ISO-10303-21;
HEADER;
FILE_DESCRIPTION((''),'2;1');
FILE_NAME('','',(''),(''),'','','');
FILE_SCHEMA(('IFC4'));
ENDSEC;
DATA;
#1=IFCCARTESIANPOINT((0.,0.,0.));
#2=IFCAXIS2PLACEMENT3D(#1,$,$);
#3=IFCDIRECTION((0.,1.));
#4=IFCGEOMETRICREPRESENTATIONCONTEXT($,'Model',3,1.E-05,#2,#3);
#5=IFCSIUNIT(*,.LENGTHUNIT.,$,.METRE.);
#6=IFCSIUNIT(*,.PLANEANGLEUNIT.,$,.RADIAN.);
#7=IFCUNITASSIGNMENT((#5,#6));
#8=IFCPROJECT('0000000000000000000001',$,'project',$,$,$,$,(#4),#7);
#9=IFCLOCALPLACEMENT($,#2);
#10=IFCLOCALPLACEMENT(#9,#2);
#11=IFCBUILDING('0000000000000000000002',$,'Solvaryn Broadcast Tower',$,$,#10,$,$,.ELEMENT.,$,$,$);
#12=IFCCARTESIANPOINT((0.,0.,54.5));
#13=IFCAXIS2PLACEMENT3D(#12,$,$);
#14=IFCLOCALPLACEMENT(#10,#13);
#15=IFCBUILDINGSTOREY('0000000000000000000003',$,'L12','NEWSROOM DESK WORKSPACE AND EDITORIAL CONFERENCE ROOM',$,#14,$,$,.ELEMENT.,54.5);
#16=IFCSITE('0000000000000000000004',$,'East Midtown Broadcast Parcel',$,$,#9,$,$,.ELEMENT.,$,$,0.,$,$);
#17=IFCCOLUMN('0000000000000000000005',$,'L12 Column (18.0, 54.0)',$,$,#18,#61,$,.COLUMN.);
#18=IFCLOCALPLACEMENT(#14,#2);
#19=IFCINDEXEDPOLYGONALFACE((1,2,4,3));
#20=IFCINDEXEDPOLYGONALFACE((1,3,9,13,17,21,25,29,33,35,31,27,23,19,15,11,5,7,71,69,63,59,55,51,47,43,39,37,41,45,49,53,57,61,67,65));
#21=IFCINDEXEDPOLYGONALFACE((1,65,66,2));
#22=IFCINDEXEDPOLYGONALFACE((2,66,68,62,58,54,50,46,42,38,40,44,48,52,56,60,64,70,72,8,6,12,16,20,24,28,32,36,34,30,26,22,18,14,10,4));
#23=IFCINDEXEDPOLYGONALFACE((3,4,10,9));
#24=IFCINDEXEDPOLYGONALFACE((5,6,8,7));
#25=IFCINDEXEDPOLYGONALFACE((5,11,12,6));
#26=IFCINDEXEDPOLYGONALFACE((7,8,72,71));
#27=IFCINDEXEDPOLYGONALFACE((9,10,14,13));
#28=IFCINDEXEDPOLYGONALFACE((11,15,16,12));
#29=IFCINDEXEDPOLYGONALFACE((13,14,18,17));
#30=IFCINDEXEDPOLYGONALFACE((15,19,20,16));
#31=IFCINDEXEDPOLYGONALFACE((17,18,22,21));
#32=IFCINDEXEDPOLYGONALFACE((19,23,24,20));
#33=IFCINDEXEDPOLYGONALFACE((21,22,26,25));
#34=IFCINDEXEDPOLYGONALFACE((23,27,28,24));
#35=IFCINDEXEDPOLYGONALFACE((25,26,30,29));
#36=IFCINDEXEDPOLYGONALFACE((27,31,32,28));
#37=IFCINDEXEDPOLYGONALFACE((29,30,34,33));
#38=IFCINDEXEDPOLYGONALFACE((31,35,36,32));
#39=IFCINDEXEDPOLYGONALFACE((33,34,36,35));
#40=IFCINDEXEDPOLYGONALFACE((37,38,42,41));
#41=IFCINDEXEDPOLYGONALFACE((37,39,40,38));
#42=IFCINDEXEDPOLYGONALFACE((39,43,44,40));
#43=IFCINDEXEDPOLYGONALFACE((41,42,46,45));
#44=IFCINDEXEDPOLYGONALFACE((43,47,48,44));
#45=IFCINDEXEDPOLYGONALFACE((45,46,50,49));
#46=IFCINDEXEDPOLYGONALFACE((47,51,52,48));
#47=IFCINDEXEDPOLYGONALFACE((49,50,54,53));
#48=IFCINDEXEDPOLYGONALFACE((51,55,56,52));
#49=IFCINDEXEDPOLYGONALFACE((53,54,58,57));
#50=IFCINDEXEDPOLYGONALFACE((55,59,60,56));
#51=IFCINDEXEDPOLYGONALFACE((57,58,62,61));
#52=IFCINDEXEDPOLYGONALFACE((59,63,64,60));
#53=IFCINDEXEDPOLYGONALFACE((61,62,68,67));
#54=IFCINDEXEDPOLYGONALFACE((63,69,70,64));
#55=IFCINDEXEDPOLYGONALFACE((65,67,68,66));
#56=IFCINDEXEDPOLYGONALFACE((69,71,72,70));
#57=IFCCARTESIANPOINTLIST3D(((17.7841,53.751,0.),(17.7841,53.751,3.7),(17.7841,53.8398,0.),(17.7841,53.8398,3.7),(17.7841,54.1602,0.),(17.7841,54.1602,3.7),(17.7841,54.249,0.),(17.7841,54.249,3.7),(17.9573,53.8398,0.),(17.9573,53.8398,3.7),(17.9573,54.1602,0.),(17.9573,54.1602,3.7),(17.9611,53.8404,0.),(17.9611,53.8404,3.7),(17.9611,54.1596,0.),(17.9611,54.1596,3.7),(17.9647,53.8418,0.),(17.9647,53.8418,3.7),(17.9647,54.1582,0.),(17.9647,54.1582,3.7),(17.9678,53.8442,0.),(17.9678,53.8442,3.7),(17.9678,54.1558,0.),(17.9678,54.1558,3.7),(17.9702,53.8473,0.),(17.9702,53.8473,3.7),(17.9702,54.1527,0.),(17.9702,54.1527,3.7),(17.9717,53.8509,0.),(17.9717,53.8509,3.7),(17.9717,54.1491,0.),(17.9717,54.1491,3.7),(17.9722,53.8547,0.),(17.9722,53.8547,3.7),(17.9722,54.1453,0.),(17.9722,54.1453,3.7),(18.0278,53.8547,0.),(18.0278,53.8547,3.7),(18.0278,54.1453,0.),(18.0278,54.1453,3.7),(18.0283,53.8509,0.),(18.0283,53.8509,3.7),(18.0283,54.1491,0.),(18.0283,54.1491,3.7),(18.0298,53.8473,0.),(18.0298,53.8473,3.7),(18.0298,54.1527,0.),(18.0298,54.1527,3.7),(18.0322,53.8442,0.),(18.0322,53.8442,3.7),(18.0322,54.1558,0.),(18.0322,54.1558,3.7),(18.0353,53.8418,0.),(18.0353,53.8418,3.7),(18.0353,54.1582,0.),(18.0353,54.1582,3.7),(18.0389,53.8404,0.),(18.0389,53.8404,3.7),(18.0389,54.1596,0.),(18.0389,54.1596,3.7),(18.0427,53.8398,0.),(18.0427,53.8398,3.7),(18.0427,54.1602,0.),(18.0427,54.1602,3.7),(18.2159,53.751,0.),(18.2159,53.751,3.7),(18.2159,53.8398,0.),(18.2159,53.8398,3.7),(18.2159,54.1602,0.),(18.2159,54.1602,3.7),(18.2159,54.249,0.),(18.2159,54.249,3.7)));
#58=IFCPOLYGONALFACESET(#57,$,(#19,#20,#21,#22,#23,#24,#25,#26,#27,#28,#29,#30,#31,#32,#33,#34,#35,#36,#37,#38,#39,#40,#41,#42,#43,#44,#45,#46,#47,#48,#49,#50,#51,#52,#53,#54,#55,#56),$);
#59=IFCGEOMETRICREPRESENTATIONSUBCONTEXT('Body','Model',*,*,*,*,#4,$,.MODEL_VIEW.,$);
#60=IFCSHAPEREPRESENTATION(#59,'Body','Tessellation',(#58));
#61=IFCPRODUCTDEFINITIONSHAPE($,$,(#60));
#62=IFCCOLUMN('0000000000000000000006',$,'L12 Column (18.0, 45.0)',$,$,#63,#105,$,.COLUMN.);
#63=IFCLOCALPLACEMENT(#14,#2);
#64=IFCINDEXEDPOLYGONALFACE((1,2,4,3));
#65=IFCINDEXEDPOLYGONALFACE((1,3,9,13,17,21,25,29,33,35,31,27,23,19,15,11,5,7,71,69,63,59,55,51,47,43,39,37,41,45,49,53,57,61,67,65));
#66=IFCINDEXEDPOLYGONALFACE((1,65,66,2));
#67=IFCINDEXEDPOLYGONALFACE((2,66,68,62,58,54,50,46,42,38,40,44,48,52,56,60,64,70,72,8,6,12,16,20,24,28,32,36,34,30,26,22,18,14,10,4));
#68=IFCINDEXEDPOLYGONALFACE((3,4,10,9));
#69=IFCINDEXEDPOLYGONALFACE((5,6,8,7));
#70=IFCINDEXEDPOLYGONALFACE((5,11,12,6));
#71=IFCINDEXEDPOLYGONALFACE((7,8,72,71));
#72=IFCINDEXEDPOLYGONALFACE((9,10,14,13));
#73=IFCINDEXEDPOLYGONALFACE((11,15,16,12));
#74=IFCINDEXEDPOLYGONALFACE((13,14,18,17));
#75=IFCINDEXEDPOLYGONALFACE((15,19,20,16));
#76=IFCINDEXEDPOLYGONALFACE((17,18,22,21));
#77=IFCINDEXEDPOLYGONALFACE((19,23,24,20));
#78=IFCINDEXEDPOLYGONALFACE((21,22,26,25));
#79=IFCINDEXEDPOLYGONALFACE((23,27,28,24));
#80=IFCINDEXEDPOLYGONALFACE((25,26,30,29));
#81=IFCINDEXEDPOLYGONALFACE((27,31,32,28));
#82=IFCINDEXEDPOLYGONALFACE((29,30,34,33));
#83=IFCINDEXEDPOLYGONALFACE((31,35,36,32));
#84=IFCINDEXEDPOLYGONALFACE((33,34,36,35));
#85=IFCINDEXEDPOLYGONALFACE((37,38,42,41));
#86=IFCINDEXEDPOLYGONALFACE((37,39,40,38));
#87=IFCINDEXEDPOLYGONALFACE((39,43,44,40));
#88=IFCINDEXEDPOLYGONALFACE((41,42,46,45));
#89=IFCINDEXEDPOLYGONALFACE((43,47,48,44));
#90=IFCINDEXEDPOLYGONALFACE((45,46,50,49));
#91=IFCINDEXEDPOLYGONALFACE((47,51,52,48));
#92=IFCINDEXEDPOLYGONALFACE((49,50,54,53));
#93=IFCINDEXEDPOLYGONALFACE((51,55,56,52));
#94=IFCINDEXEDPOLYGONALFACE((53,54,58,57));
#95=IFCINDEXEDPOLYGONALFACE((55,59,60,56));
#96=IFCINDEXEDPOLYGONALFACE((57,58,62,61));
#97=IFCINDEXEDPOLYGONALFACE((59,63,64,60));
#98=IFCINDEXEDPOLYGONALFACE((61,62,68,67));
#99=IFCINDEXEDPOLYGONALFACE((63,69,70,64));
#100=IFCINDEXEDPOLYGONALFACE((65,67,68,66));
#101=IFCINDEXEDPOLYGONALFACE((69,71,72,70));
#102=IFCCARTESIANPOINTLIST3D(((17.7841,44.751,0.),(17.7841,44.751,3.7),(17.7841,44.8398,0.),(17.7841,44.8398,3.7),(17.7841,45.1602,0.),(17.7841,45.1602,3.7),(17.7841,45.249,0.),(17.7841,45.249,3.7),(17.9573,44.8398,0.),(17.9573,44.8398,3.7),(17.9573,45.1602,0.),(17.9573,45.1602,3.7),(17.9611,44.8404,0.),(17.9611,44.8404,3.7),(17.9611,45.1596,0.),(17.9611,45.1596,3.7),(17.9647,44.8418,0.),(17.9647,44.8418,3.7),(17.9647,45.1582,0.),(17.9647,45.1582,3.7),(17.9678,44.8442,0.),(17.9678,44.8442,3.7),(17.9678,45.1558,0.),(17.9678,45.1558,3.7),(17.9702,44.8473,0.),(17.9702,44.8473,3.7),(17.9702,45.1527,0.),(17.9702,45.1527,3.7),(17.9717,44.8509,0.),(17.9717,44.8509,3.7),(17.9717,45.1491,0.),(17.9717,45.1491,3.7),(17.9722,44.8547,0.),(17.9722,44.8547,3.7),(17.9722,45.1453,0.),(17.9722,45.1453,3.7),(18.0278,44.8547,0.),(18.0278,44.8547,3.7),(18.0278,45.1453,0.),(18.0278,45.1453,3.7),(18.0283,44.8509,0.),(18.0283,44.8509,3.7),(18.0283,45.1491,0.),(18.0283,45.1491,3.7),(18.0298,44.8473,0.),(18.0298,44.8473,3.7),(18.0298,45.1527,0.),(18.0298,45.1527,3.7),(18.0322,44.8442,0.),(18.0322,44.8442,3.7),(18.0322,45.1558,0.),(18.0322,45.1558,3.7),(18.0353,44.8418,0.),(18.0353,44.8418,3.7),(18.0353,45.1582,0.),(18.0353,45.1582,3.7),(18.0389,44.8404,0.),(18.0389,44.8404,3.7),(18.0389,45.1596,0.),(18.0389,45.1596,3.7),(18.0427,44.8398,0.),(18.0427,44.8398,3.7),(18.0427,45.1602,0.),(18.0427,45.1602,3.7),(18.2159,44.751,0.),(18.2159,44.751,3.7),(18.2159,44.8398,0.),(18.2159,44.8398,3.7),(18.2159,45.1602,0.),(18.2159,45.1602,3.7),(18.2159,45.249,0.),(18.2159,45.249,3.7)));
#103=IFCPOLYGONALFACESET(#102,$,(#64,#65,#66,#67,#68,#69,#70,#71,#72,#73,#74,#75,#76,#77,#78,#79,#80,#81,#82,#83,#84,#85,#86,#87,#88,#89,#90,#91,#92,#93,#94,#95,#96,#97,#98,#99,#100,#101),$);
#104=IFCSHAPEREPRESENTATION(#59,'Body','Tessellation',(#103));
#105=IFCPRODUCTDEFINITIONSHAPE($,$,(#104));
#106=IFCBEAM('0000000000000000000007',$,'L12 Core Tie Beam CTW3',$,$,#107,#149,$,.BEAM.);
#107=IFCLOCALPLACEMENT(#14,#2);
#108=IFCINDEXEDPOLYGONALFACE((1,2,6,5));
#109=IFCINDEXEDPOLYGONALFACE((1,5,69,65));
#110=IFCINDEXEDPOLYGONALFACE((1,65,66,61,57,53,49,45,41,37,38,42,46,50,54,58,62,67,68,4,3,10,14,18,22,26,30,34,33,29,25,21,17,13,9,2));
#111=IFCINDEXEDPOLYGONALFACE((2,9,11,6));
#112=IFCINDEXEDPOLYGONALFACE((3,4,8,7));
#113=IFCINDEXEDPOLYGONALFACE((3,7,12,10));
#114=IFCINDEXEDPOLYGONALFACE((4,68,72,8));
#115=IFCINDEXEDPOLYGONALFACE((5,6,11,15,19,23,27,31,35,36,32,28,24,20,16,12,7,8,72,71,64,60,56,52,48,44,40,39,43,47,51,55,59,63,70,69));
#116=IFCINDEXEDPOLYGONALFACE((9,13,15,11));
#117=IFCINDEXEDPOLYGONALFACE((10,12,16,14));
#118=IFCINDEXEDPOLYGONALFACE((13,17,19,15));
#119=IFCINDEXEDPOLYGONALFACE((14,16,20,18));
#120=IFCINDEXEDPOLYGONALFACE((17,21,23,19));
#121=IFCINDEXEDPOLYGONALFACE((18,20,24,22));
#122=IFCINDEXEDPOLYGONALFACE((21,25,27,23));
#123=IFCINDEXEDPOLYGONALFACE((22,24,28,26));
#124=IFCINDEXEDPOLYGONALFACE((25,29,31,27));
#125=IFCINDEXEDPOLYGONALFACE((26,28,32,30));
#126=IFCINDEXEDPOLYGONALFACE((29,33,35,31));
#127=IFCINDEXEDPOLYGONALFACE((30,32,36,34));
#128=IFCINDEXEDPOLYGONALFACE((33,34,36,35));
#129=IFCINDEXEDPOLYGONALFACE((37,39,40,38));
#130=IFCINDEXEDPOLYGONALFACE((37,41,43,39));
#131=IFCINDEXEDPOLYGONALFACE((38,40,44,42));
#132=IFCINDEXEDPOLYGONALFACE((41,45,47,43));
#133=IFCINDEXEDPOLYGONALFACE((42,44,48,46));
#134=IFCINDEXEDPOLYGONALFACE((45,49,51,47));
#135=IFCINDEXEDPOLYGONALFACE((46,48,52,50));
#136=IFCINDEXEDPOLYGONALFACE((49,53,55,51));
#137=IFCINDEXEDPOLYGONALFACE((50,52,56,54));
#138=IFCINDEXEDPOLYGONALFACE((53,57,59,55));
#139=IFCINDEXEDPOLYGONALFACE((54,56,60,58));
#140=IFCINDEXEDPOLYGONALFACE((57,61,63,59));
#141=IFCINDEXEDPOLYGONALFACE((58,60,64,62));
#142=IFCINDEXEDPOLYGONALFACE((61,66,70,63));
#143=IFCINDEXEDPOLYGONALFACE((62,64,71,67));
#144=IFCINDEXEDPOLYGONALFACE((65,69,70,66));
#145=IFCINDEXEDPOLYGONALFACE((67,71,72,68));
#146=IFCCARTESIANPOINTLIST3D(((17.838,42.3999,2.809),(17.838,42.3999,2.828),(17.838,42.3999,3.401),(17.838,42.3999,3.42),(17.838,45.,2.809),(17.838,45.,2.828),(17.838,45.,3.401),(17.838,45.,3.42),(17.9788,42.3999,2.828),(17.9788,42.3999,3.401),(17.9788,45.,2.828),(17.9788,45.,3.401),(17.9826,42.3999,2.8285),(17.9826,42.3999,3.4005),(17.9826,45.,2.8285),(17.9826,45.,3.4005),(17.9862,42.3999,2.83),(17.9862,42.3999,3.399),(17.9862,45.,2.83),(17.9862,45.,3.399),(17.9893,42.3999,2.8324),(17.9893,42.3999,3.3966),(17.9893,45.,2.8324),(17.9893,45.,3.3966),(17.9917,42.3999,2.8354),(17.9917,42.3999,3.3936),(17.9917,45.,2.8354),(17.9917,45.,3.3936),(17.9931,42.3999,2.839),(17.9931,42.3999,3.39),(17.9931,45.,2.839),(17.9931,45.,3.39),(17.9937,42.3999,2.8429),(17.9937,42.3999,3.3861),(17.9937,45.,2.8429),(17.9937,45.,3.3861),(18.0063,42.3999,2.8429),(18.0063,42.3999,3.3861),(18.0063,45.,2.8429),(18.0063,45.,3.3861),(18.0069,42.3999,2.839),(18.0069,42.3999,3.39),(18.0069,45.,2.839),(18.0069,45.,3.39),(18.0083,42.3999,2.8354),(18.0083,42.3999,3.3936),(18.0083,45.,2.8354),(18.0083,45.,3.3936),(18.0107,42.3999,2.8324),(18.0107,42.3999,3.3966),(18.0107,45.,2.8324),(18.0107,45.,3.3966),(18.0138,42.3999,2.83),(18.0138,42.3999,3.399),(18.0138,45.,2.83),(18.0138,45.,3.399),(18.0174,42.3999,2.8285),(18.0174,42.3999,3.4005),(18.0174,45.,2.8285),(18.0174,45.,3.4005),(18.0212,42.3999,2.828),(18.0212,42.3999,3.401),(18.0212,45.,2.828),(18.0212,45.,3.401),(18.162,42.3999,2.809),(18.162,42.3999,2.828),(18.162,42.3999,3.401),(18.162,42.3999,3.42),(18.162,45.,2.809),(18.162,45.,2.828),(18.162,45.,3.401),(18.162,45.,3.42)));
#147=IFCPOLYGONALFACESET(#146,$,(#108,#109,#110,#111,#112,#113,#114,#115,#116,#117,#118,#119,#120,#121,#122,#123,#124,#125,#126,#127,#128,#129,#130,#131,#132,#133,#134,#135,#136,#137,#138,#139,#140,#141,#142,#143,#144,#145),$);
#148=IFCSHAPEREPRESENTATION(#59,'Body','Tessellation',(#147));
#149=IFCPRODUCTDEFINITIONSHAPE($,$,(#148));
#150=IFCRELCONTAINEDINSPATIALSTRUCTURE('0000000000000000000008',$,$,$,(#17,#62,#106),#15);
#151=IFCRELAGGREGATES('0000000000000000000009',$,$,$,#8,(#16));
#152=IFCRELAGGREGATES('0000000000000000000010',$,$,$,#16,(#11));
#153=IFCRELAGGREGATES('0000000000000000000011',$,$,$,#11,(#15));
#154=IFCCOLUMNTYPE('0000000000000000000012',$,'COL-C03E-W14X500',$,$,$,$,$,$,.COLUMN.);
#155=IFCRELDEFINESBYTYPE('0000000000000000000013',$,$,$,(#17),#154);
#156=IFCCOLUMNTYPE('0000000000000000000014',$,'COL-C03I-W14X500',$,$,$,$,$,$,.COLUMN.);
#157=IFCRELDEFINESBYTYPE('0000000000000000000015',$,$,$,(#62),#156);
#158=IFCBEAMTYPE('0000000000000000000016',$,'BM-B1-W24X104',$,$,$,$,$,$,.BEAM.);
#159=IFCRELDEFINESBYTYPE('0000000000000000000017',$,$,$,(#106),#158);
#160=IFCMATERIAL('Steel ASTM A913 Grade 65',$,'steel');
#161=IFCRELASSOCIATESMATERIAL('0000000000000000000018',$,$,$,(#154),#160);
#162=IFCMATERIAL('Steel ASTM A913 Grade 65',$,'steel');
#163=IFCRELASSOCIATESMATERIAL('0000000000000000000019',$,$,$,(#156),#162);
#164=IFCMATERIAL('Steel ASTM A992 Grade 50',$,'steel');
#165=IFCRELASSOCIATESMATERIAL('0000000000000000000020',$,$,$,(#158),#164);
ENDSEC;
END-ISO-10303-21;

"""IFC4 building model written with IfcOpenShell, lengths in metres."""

from ifc_helpers import new_model, si_unit, direction, frame, origin, origin_2d, place, context, subcontext, project, spatial, i_section, extrude, material, material_profile, profile_set, type_object, element, save


model = new_model("IFC4")

# Units and contexts
model_context = context("Model", 3, precision=1e-05, world=origin(), true_north=direction((0.0, 1.0)))
body_context = subcontext(model_context, "Body", "Model", "MODEL_VIEW")
ifc_project = project(units=[si_unit("LENGTHUNIT", "METRE"), si_unit("PLANEANGLEUNIT", "RADIAN")], contexts=[model_context])

# Site, building, storey
site_placement = place(None, origin())
site = spatial("IfcSite", under=ifc_project, at=site_placement, Name="East Midtown Broadcast Parcel", CompositionType="ELEMENT", RefElevation=0.0)
building_placement = place(site_placement, origin())
building = spatial("IfcBuilding", under=site, at=building_placement, Name="Solvaryn Broadcast Tower", CompositionType="ELEMENT")
storey_placement = place(building_placement, frame((0.0, 0.0, 54.5)))
storey = spatial("IfcBuildingStorey", under=building, at=storey_placement, Name="L12", Description="NEWSROOM DESK WORKSPACE AND EDITORIAL CONFERENCE ROOM", CompositionType="ELEMENT", Elevation=54.5)

# Columns
ifc_material_1 = material(Name="Steel ASTM A913 Grade 65", Category="steel")
ifc_material_profile_1 = material_profile(ifc_material_1, i_section(OverallWidth=0.4319, OverallDepth=0.498, WebThickness=0.0557, FlangeThickness=0.0889, FilletRadius=0.0149, at=origin_2d()))
ifc_profile_set_1 = profile_set([ifc_material_profile_1], Name="Steel ASTM A913 Grade 65")
column_type_1 = type_object("IfcColumnType", Name="COL-C03E-W14X500", PredefinedType="COLUMN", material=ifc_profile_set_1)
column_1_placement = place(storey_placement, frame((18.0, 54.0, 0.0), z_axis=(0.0, 0.0, 1.0), x_axis=(1.0, 0.0, 0.0)))
element("IfcColumn", 1, at=column_1_placement, inside=storey, type_object=column_type_1, Name="L12 Column (18.0, 54.0)", PredefinedType="COLUMN", context=body_context, shape_type="SweptSolid", body=[
    extrude(i_section(OverallWidth=0.4319, OverallDepth=0.498, WebThickness=0.0557, FlangeThickness=0.0889, FilletRadius=0.0149, at=origin_2d()), origin(), (0.0, 0.0, 1.0), 3.7),
])
ifc_material_2 = material(Name="Steel ASTM A913 Grade 65", Category="steel")
ifc_material_profile_2 = material_profile(ifc_material_2, i_section(OverallWidth=0.4319, OverallDepth=0.498, WebThickness=0.0557, FlangeThickness=0.0889, FilletRadius=0.0149, at=origin_2d()))
ifc_profile_set_2 = profile_set([ifc_material_profile_2], Name="Steel ASTM A913 Grade 65")
column_type_2 = type_object("IfcColumnType", Name="COL-C03I-W14X500", PredefinedType="COLUMN", material=ifc_profile_set_2)
column_2_placement = place(storey_placement, frame((18.0, 45.0, 0.0), z_axis=(0.0, 0.0, 1.0), x_axis=(1.0, 0.0, 0.0)))
element("IfcColumn", 2, at=column_2_placement, inside=storey, type_object=column_type_2, Name="L12 Column (18.0, 45.0)", PredefinedType="COLUMN", context=body_context, shape_type="SweptSolid", body=[
    extrude(i_section(OverallWidth=0.4319, OverallDepth=0.498, WebThickness=0.0557, FlangeThickness=0.0889, FilletRadius=0.0149, at=origin_2d()), origin(), (0.0, 0.0, 1.0), 3.7),
])

# Beam
ifc_material_3 = material(Name="Steel ASTM A992 Grade 50", Category="steel")
ifc_material_profile_3 = material_profile(ifc_material_3, i_section(OverallWidth=0.324, OverallDepth=0.6111, WebThickness=0.0127, FlangeThickness=0.019, FilletRadius=0.0149, at=origin_2d()))
ifc_profile_set_3 = profile_set([ifc_material_profile_3], Name="Steel ASTM A992 Grade 50")
beam_type_1 = type_object("IfcBeamType", Name="BM-B1-W24X104", PredefinedType="BEAM", material=ifc_profile_set_3)
beam_1_placement = place(storey_placement, frame((18.0, 42.3999, 3.1145), z_axis=(0.0, 1.0, 0.0), x_axis=(-1.0, 0.0, 0.0)))
element("IfcBeam", 3, at=beam_1_placement, inside=storey, type_object=beam_type_1, Name="L12 Core Tie Beam CTW3", PredefinedType="BEAM", context=body_context, shape_type="SweptSolid", body=[
    extrude(i_section(OverallWidth=0.324, OverallDepth=0.6111, WebThickness=0.0127, FlangeThickness=0.019, FilletRadius=0.0149, at=origin_2d()), origin(), (0.0, 0.0, 1.0), 2.6001),
])

save(model, "model.ifc")
